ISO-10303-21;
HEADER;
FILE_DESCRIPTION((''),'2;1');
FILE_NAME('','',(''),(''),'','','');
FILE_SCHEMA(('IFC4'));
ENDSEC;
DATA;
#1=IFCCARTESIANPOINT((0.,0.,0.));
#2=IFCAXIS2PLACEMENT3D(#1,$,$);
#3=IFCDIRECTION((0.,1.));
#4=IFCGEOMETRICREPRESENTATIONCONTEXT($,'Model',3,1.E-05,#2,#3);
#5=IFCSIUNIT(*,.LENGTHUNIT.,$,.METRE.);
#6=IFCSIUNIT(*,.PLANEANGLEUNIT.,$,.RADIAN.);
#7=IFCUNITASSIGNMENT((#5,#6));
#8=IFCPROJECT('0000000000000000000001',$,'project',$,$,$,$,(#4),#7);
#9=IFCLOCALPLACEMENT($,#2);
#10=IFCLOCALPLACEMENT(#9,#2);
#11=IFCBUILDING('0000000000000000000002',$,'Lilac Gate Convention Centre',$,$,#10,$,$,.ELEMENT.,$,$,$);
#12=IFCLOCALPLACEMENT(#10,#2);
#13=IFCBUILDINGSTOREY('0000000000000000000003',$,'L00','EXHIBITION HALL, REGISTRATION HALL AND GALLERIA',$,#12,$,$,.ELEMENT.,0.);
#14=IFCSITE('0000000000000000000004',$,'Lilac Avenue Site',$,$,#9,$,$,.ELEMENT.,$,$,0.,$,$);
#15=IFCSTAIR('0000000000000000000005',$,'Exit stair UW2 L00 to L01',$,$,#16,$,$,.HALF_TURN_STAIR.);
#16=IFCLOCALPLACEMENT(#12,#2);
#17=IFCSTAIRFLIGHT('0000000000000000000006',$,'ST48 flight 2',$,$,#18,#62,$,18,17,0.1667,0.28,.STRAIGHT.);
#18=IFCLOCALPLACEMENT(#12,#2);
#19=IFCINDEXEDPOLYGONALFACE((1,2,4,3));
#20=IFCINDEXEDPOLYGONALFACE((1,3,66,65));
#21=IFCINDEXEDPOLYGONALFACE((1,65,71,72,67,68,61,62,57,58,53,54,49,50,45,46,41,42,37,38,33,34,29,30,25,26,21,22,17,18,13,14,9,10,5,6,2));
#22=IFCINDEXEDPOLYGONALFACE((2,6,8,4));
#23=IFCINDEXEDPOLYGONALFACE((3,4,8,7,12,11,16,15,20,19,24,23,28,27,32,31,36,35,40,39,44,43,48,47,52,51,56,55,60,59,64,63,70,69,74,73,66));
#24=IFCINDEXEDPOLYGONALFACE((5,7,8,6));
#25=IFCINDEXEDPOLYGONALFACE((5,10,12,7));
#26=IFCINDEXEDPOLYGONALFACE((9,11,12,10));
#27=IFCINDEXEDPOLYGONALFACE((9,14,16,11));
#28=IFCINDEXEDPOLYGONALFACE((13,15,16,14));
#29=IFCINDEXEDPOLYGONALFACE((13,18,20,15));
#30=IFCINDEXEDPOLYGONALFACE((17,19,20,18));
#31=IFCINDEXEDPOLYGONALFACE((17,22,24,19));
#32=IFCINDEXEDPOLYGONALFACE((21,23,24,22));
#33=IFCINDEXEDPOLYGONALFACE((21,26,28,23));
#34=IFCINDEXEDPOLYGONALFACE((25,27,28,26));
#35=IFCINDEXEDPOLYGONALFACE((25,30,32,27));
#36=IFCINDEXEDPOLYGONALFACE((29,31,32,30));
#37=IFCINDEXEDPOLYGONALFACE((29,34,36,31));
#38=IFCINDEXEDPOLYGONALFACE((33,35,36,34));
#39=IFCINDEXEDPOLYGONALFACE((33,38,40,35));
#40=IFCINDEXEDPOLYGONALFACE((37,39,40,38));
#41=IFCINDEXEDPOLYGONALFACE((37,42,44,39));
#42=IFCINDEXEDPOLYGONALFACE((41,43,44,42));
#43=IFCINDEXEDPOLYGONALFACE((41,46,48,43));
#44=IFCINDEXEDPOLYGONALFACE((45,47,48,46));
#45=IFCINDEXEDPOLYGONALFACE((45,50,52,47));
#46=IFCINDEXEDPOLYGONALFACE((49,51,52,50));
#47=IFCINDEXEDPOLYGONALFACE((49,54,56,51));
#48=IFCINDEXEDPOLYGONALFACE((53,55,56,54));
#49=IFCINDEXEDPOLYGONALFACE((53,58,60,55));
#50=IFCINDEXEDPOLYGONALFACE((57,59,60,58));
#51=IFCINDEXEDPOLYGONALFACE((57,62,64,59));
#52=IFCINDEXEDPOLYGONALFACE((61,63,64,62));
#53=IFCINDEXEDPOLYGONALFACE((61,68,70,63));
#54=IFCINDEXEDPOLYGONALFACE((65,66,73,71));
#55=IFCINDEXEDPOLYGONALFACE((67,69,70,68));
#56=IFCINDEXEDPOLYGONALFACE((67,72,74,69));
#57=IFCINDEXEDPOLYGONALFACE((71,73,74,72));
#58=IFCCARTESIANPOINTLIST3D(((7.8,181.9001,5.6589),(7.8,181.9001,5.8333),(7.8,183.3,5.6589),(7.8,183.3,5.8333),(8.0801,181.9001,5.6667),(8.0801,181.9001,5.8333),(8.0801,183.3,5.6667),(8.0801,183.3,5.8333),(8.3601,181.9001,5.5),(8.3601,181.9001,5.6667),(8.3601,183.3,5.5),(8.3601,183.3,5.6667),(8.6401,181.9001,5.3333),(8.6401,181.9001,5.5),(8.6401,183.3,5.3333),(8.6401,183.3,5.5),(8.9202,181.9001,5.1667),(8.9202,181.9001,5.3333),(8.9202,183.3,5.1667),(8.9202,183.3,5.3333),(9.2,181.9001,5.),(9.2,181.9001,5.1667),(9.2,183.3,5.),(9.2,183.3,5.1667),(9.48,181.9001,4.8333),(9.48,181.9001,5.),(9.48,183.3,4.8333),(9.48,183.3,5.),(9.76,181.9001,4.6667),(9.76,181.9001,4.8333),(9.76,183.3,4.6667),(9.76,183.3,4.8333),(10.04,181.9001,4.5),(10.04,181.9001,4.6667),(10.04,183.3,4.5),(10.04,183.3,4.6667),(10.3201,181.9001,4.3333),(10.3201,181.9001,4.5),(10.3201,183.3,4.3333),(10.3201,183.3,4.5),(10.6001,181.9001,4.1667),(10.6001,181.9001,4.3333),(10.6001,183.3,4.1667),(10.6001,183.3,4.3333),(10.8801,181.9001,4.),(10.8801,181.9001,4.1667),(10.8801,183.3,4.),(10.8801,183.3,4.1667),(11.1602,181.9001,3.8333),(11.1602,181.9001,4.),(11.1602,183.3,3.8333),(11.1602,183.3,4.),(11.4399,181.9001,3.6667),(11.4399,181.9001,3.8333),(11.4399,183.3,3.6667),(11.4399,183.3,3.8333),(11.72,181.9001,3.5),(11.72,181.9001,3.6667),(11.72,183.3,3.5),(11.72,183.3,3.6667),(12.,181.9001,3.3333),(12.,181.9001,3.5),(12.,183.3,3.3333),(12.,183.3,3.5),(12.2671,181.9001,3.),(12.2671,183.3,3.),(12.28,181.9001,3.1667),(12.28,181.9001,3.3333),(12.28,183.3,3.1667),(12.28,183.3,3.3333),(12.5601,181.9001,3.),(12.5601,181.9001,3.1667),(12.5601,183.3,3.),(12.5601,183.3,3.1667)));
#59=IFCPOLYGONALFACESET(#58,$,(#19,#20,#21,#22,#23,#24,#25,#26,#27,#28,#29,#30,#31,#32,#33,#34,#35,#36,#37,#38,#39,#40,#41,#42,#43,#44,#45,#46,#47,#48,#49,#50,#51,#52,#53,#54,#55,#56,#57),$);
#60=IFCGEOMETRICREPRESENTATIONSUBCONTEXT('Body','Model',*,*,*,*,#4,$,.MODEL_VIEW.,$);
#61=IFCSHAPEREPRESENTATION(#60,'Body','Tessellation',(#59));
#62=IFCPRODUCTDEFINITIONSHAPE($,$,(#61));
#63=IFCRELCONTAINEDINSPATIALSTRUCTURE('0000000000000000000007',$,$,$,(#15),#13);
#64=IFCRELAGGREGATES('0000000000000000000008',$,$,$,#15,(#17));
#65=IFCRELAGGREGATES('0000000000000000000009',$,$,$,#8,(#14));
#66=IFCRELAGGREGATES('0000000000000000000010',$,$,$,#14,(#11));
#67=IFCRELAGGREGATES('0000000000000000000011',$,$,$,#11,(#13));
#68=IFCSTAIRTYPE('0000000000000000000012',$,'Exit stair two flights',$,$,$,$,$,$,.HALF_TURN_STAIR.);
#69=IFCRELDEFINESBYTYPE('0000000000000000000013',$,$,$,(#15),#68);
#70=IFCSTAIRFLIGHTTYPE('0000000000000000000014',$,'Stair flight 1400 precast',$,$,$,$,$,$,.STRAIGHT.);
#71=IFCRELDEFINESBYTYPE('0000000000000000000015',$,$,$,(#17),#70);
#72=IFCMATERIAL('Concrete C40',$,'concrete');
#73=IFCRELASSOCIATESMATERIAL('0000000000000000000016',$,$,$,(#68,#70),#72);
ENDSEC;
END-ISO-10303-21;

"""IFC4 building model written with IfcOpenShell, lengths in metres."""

from ifc_helpers import new_model, si_unit, direction, frame, origin, place, context, subcontext, project, spatial, polyline, outline, extrude, material, type_object, element, aggregate, save


model = new_model("IFC4")

# Units and contexts
model_context = context("Model", 3, precision=1e-05, world=origin(), true_north=direction((0.0, 1.0)))
body_context = subcontext(model_context, "Body", "Model", "MODEL_VIEW")
ifc_project = project(units=[si_unit("LENGTHUNIT", "METRE"), si_unit("PLANEANGLEUNIT", "RADIAN")], contexts=[model_context])

# Site, building, storey
site_placement = place(None, origin())
site = spatial("IfcSite", under=ifc_project, at=site_placement, Name="Lilac Avenue Site", CompositionType="ELEMENT", RefElevation=0.0)
building_placement = place(site_placement, origin())
building = spatial("IfcBuilding", under=site, at=building_placement, Name="Lilac Gate Convention Centre", CompositionType="ELEMENT")
storey_placement = place(building_placement, origin())
storey = spatial("IfcBuildingStorey", under=building, at=storey_placement, Name="L00", Description="EXHIBITION HALL, REGISTRATION HALL AND GALLERIA", CompositionType="ELEMENT", Elevation=0.0)

# Shared definitions
ifc_material_1 = material(Name="Concrete C40", Category="concrete")

# Stair, stair flight
stair_type = type_object("IfcStairType", Name="Exit stair two flights", PredefinedType="HALF_TURN_STAIR", material=ifc_material_1)
stair_placement = place(storey_placement, origin())
stair = element("IfcStair", 1, at=stair_placement, inside=storey, type_object=stair_type, Name="Exit stair UW2 L00 to L01", PredefinedType="HALF_TURN_STAIR")
stair_flight_type = type_object("IfcStairFlightType", Name="Stair flight 1400 precast", PredefinedType="STRAIGHT", material=ifc_material_1)
stair_flight_placement = place(storey_placement, frame((12.5601, 182.6001, 3.0), z_axis=(0.0, 0.0, 1.0), x_axis=(-1.0, 0.0, 0.0)))
stair_flight = element("IfcStairFlight", 2, at=stair_flight_placement, type_object=stair_flight_type, Name="ST48 flight 2", NumberOfRisers=18, NumberOfTreads=17, PredefinedType="STRAIGHT", RiserHeight=0.1667, TreadLength=0.28, context=body_context, shape_type="SweptSolid", body=[
    extrude(outline(polyline([(0.0, 0.0), (0.0, 0.1667), (0.28, 0.1667), (0.28, 0.3333), (0.5601, 0.3333), (0.5601, 0.5), (0.8401, 0.5), (0.8401, 0.6667), (1.1201, 0.6667), (1.1201, 0.8333), (1.3999, 0.8333), (1.3999, 1.0), (1.6799, 1.0), (1.6799, 1.1667), (1.96, 1.1667), (1.96, 1.3333), (2.24, 1.3333), (2.24, 1.5), (2.52, 1.5), (2.52, 1.6667), (2.8, 1.6667), (2.8, 1.8333), (3.0801, 1.8333), (3.0801, 2.0), (3.3601, 2.0), (3.3601, 2.1667), (3.6399, 2.1667), (3.6399, 2.3333), (3.9199, 2.3333), (3.9199, 2.5), (4.2, 2.5), (4.2, 2.6667), (4.48, 2.6667), (4.48, 2.8333), (4.76, 2.8333), (4.76, 3.0), (4.76, 2.6589), (0.293, 0.0), (0.0, 0.0)])), frame((0.0, 0.7, 0.0), z_axis=(0.0, -1.0, 0.0), x_axis=(1.0, 0.0, 0.0)), (0.0, 0.0, 1.0), 1.3999),
])
aggregate(stair, [stair_flight])

save(model, "model.ifc")
